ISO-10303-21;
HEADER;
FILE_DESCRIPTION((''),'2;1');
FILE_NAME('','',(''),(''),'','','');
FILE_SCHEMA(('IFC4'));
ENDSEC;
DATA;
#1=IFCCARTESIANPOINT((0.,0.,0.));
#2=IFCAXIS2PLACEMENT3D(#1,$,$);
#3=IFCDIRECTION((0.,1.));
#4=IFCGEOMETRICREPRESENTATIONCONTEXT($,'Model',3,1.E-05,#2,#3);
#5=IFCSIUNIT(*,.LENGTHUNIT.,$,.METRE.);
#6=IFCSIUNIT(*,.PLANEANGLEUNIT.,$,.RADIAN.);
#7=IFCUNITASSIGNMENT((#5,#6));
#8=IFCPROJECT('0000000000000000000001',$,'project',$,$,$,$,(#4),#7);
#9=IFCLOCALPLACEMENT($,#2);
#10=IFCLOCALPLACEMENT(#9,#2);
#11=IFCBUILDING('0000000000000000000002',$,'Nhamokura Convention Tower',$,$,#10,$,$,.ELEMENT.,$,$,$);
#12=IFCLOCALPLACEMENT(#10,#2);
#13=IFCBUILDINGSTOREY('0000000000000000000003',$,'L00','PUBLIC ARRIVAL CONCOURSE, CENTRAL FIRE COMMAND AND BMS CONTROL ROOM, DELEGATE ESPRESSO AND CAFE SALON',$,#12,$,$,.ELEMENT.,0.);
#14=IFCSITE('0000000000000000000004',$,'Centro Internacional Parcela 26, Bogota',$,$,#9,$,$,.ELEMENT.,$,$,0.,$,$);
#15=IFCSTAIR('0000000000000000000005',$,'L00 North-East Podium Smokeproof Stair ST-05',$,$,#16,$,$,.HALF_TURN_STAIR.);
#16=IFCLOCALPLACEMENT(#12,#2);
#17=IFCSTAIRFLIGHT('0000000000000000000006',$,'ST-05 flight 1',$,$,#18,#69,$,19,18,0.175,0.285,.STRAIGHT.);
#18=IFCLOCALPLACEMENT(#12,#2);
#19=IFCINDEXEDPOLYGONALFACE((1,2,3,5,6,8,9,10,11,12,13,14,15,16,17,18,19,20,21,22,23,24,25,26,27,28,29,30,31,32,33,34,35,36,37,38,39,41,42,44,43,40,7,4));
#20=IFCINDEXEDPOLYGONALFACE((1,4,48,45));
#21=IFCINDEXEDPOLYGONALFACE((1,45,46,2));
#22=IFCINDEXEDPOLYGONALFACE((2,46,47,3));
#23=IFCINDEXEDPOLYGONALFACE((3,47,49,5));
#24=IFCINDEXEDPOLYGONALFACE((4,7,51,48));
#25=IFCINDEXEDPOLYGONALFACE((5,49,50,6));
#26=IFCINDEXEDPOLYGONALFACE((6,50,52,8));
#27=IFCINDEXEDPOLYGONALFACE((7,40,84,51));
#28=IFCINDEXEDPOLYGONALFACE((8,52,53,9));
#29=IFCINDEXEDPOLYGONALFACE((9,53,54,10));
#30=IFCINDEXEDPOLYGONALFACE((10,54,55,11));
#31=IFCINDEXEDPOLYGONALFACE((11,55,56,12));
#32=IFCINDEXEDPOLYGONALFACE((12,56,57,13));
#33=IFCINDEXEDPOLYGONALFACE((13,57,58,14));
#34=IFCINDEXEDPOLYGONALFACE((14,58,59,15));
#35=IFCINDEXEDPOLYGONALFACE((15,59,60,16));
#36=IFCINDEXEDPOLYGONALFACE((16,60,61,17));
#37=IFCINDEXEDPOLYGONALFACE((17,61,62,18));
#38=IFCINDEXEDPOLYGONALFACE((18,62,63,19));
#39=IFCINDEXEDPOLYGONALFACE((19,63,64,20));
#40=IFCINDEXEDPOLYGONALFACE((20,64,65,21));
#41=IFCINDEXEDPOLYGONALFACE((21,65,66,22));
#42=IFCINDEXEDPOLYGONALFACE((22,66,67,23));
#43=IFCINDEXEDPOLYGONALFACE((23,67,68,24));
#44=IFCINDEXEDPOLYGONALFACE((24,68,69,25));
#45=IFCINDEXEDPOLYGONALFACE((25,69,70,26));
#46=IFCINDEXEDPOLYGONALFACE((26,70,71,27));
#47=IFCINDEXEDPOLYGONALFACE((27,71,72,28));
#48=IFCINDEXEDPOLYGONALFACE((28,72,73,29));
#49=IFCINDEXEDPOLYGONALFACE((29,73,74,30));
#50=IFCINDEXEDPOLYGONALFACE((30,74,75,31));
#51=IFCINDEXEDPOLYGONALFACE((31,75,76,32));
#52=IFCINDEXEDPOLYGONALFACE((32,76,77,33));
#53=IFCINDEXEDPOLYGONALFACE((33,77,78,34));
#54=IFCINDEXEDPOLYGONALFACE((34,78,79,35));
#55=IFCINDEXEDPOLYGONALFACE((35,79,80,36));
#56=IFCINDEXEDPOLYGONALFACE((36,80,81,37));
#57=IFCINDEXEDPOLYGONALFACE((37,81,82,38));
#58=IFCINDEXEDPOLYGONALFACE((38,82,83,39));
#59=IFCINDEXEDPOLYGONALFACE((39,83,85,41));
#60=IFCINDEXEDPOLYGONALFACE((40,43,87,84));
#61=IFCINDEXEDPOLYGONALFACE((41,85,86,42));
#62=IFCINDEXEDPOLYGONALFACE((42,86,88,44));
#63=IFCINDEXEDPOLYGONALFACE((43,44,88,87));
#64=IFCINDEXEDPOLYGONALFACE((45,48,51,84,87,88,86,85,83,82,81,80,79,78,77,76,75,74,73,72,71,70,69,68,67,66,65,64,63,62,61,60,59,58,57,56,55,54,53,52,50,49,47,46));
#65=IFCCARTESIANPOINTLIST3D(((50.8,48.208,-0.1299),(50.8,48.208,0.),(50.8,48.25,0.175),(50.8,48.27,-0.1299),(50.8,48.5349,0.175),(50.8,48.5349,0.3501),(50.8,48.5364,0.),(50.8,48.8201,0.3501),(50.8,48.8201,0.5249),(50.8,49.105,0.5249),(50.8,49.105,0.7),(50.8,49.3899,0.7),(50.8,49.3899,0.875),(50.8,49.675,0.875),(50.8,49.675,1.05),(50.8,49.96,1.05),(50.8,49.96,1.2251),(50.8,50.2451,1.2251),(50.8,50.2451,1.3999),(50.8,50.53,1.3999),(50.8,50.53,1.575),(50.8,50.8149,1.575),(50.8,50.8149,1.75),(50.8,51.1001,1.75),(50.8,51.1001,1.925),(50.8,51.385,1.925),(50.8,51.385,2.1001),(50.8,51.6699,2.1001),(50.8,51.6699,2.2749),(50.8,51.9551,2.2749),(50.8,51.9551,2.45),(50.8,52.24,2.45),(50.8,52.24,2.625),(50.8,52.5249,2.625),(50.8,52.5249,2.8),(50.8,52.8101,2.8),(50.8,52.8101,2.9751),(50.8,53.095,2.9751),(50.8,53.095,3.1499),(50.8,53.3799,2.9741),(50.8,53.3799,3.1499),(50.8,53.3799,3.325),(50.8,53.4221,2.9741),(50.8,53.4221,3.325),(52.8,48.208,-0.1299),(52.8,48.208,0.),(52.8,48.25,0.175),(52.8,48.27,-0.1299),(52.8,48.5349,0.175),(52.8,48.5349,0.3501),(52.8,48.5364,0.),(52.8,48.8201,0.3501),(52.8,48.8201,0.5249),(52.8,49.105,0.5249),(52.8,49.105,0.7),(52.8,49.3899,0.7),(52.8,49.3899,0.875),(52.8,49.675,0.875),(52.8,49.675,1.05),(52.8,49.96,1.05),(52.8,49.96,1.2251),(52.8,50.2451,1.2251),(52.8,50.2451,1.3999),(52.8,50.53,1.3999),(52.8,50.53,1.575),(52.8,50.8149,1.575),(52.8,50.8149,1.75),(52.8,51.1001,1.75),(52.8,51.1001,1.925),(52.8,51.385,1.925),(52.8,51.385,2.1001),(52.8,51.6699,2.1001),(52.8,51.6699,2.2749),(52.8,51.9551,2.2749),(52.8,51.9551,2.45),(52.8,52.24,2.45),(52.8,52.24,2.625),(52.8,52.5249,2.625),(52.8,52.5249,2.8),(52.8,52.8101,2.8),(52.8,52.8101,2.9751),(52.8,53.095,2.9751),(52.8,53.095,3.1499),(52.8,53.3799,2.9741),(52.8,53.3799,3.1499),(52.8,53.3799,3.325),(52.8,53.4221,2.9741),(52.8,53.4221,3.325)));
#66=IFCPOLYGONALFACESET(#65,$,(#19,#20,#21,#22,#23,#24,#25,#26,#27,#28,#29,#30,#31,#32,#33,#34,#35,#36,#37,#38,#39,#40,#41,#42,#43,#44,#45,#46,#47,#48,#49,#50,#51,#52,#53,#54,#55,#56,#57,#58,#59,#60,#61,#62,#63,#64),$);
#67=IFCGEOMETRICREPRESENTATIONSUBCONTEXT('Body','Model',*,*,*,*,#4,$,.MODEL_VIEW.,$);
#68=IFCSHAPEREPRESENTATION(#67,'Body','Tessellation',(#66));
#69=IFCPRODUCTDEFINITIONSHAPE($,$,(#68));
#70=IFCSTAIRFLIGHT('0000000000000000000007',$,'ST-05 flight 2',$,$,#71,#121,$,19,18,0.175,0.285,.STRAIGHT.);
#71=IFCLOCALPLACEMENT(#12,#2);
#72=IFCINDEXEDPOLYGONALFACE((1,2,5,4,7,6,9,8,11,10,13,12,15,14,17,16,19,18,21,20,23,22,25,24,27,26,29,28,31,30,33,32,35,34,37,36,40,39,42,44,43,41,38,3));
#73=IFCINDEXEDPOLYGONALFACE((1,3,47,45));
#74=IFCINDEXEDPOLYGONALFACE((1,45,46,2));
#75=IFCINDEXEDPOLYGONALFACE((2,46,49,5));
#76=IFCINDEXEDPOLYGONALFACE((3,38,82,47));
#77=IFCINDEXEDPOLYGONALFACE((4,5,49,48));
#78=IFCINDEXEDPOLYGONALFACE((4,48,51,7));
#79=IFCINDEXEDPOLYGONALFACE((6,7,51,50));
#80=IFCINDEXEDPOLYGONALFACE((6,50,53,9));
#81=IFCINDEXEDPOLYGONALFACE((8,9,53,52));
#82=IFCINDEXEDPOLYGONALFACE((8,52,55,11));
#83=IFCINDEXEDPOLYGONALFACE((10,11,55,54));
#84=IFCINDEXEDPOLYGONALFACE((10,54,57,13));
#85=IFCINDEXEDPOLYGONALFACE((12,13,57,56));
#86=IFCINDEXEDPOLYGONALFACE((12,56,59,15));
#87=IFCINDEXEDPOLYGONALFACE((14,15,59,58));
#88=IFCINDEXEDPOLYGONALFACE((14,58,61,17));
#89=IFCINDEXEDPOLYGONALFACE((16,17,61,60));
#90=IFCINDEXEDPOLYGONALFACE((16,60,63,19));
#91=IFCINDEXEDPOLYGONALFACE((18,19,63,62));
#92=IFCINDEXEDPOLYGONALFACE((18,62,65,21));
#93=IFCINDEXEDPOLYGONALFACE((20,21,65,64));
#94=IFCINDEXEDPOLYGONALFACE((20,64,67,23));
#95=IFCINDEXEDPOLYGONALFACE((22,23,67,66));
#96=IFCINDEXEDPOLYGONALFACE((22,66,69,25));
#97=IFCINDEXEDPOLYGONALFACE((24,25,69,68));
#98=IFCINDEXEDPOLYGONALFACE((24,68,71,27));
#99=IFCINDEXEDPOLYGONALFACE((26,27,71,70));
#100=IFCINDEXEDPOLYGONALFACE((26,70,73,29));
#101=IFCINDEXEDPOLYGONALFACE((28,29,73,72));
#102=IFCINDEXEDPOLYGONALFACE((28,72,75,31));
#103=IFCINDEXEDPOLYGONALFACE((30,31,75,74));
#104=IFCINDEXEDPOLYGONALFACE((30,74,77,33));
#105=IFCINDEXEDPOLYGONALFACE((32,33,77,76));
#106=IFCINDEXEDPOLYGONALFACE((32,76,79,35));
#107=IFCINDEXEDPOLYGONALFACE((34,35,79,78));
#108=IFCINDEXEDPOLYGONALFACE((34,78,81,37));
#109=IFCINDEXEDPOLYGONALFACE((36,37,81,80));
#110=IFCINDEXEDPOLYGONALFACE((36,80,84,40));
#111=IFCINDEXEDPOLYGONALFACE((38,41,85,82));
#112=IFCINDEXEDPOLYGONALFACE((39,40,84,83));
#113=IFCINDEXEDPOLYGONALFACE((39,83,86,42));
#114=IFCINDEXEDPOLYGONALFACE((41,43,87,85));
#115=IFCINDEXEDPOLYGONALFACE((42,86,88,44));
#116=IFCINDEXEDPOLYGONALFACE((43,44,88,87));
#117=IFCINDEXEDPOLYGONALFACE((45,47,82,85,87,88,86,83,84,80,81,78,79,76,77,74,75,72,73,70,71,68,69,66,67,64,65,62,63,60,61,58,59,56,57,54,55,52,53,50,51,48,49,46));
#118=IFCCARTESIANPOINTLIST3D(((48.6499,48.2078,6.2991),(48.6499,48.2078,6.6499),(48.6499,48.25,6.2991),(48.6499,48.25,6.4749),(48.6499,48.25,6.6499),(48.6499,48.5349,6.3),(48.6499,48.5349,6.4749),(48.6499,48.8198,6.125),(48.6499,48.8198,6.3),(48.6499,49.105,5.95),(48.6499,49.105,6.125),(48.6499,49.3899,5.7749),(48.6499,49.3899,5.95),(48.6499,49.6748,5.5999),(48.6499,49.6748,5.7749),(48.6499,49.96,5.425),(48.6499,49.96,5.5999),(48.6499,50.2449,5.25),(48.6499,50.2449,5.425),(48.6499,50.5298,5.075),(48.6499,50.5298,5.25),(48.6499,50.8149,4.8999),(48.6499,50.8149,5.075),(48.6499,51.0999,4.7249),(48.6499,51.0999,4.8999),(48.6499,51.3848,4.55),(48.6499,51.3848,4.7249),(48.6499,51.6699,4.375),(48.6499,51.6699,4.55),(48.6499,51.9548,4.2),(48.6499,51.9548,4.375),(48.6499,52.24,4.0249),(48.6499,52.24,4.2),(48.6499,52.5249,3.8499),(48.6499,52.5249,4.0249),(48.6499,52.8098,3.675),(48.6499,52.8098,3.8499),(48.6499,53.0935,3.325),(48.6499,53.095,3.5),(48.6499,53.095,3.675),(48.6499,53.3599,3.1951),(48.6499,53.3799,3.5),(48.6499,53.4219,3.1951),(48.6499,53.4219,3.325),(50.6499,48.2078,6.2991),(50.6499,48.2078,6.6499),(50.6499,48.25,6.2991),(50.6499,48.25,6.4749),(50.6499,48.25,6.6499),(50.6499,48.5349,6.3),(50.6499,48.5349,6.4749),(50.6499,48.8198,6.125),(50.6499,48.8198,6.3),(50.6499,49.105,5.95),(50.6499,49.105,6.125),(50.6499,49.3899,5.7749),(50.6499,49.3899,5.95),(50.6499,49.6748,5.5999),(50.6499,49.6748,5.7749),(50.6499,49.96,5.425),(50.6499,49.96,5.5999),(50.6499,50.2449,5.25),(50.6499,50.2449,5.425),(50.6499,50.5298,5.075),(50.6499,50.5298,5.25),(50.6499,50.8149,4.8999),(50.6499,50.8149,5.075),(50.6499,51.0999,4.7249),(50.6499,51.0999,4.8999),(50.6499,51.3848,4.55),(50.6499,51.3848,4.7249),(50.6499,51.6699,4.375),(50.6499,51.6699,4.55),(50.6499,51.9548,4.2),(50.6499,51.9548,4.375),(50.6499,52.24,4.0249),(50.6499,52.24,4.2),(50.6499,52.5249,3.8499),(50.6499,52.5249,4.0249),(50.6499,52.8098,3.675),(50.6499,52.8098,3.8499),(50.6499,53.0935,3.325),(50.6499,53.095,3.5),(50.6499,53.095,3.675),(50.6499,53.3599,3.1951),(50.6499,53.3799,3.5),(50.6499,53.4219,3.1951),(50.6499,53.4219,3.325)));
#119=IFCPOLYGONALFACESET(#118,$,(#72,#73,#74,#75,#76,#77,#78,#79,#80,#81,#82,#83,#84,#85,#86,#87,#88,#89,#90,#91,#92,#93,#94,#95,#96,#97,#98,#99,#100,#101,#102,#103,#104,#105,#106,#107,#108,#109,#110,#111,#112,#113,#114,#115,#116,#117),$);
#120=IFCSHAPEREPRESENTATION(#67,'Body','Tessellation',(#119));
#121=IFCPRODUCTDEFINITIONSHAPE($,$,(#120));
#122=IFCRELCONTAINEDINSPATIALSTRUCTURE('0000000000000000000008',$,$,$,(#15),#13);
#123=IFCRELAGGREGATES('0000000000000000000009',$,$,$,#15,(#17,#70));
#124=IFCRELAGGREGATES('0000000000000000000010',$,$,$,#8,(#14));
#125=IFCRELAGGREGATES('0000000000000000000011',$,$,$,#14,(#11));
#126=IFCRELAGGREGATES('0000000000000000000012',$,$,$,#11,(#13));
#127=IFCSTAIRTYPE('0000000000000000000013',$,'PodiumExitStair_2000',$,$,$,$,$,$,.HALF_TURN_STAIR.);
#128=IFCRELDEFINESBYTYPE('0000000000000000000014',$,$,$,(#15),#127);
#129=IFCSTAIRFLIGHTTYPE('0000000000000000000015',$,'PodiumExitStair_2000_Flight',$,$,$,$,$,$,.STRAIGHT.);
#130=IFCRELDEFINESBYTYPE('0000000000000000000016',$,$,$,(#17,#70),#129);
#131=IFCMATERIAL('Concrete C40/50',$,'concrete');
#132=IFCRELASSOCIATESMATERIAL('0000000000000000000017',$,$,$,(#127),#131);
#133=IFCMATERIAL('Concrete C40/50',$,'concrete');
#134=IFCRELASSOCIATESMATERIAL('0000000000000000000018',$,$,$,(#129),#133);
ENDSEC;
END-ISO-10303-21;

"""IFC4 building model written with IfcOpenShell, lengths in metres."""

from ifc_helpers import new_model, si_unit, direction, frame, origin, place, context, subcontext, project, spatial, polyline, outline, extrude, material, type_object, element, aggregate, save


model = new_model("IFC4")

# Units and contexts
model_context = context("Model", 3, precision=1e-05, world=origin(), true_north=direction((0.0, 1.0)))
body_context = subcontext(model_context, "Body", "Model", "MODEL_VIEW")
ifc_project = project(units=[si_unit("LENGTHUNIT", "METRE"), si_unit("PLANEANGLEUNIT", "RADIAN")], contexts=[model_context])

# Site, building, storey
site_placement = place(None, origin())
site = spatial("IfcSite", under=ifc_project, at=site_placement, Name="Centro Internacional Parcela 26, Bogota", CompositionType="ELEMENT", RefElevation=0.0)
building_placement = place(site_placement, origin())
building = spatial("IfcBuilding", under=site, at=building_placement, Name="Nhamokura Convention Tower", CompositionType="ELEMENT")
storey_placement = place(building_placement, origin())
storey = spatial("IfcBuildingStorey", under=building, at=storey_placement, Name="L00", Description="PUBLIC ARRIVAL CONCOURSE, CENTRAL FIRE COMMAND AND BMS CONTROL ROOM, DELEGATE ESPRESSO AND CAFE SALON", CompositionType="ELEMENT", Elevation=0.0)

# Stair, stair flights
ifc_material_1 = material(Name="Concrete C40/50", Category="concrete")
stair_type = type_object("IfcStairType", Name="PodiumExitStair_2000", PredefinedType="HALF_TURN_STAIR", material=ifc_material_1)
stair_placement = place(storey_placement, origin())
stair = element("IfcStair", 1, at=stair_placement, inside=storey, type_object=stair_type, Name="L00 North-East Podium Smokeproof Stair ST-05", PredefinedType="HALF_TURN_STAIR")
ifc_material_2 = material(Name="Concrete C40/50", Category="concrete")
stair_flight_type = type_object("IfcStairFlightType", Name="PodiumExitStair_2000_Flight", PredefinedType="STRAIGHT", material=ifc_material_2)
stair_flight_1_placement = place(storey_placement, frame((51.8, 48.25, 0.0), z_axis=(0.0, 0.0, 1.0), x_axis=(0.0, 1.0, 0.0)))
stair_flight_1 = element("IfcStairFlight", 2, at=stair_flight_1_placement, type_object=stair_flight_type, Name="ST-05 flight 1", NumberOfRisers=19, NumberOfTreads=18, PredefinedType="STRAIGHT", RiserHeight=0.175, TreadLength=0.285, context=body_context, shape_type="SweptSolid", body=[
    extrude(outline(polyline([(-0.042, 0.0), (0.0, 0.175), (0.2849, 0.175), (0.2849, 0.3501), (0.5701, 0.3501), (0.5701, 0.5249), (0.855, 0.5249), (0.855, 0.7), (1.1399, 0.7), (1.1399, 0.875), (1.425, 0.875), (1.425, 1.05), (1.71, 1.05), (1.71, 1.2251), (1.9951, 1.2251), (1.9951, 1.3999), (2.28, 1.3999), (2.28, 1.575), (2.5649, 1.575), (2.5649, 1.75), (2.8501, 1.75), (2.8501, 1.925), (3.135, 1.925), (3.135, 2.1001), (3.4199, 2.1001), (3.4199, 2.2749), (3.7051, 2.2749), (3.7051, 2.45), (3.99, 2.45), (3.99, 2.625), (4.2749, 2.625), (4.2749, 2.8), (4.5601, 2.8), (4.5601, 2.9751), (4.845, 2.9751), (4.845, 3.1499), (5.1299, 3.1499), (5.1299, 3.325), (5.1721, 3.325), (5.1721, 2.9741), (5.1299, 2.9741), (0.2864, 0.0), (0.02, -0.1299), (-0.042, -0.1299), (-0.042, 0.0)])), frame((0.0, 1.0, 0.0), z_axis=(0.0, -1.0, 0.0), x_axis=(1.0, 0.0, 0.0)), (0.0, 0.0, 1.0), 2.0),
])
stair_flight_2_placement = place(storey_placement, frame((49.6499, 53.3799, 3.325), z_axis=(0.0, 0.0, 1.0), x_axis=(0.0, -1.0, 0.0)))
stair_flight_2 = element("IfcStairFlight", 3, at=stair_flight_2_placement, type_object=stair_flight_type, Name="ST-05 flight 2", NumberOfRisers=19, NumberOfTreads=18, PredefinedType="STRAIGHT", RiserHeight=0.175, TreadLength=0.285, context=body_context, shape_type="SweptSolid", body=[
    extrude(outline(polyline([(-0.042, 0.0), (0.0, 0.175), (0.2849, 0.175), (0.2849, 0.3501), (0.5701, 0.3501), (0.5701, 0.5249), (0.855, 0.5249), (0.855, 0.7), (1.1399, 0.7), (1.1399, 0.875), (1.425, 0.875), (1.425, 1.05), (1.71, 1.05), (1.71, 1.2251), (1.9951, 1.2251), (1.9951, 1.3999), (2.28, 1.3999), (2.28, 1.575), (2.5649, 1.575), (2.5649, 1.75), (2.8501, 1.75), (2.8501, 1.925), (3.135, 1.925), (3.135, 2.1001), (3.4199, 2.1001), (3.4199, 2.2749), (3.7051, 2.2749), (3.7051, 2.45), (3.99, 2.45), (3.99, 2.625), (4.2749, 2.625), (4.2749, 2.8), (4.5601, 2.8), (4.5601, 2.9751), (4.845, 2.9751), (4.845, 3.1499), (5.1299, 3.1499), (5.1299, 3.325), (5.1721, 3.325), (5.1721, 2.9741), (5.1299, 2.9741), (0.2864, 0.0), (0.02, -0.1299), (-0.042, -0.1299), (-0.042, 0.0)])), frame((0.0, 1.0, 0.0), z_axis=(0.0, -1.0, 0.0), x_axis=(1.0, 0.0, 0.0)), (0.0, 0.0, 1.0), 2.0),
])
aggregate(stair, [stair_flight_1, stair_flight_2])

save(model, "model.ifc")
